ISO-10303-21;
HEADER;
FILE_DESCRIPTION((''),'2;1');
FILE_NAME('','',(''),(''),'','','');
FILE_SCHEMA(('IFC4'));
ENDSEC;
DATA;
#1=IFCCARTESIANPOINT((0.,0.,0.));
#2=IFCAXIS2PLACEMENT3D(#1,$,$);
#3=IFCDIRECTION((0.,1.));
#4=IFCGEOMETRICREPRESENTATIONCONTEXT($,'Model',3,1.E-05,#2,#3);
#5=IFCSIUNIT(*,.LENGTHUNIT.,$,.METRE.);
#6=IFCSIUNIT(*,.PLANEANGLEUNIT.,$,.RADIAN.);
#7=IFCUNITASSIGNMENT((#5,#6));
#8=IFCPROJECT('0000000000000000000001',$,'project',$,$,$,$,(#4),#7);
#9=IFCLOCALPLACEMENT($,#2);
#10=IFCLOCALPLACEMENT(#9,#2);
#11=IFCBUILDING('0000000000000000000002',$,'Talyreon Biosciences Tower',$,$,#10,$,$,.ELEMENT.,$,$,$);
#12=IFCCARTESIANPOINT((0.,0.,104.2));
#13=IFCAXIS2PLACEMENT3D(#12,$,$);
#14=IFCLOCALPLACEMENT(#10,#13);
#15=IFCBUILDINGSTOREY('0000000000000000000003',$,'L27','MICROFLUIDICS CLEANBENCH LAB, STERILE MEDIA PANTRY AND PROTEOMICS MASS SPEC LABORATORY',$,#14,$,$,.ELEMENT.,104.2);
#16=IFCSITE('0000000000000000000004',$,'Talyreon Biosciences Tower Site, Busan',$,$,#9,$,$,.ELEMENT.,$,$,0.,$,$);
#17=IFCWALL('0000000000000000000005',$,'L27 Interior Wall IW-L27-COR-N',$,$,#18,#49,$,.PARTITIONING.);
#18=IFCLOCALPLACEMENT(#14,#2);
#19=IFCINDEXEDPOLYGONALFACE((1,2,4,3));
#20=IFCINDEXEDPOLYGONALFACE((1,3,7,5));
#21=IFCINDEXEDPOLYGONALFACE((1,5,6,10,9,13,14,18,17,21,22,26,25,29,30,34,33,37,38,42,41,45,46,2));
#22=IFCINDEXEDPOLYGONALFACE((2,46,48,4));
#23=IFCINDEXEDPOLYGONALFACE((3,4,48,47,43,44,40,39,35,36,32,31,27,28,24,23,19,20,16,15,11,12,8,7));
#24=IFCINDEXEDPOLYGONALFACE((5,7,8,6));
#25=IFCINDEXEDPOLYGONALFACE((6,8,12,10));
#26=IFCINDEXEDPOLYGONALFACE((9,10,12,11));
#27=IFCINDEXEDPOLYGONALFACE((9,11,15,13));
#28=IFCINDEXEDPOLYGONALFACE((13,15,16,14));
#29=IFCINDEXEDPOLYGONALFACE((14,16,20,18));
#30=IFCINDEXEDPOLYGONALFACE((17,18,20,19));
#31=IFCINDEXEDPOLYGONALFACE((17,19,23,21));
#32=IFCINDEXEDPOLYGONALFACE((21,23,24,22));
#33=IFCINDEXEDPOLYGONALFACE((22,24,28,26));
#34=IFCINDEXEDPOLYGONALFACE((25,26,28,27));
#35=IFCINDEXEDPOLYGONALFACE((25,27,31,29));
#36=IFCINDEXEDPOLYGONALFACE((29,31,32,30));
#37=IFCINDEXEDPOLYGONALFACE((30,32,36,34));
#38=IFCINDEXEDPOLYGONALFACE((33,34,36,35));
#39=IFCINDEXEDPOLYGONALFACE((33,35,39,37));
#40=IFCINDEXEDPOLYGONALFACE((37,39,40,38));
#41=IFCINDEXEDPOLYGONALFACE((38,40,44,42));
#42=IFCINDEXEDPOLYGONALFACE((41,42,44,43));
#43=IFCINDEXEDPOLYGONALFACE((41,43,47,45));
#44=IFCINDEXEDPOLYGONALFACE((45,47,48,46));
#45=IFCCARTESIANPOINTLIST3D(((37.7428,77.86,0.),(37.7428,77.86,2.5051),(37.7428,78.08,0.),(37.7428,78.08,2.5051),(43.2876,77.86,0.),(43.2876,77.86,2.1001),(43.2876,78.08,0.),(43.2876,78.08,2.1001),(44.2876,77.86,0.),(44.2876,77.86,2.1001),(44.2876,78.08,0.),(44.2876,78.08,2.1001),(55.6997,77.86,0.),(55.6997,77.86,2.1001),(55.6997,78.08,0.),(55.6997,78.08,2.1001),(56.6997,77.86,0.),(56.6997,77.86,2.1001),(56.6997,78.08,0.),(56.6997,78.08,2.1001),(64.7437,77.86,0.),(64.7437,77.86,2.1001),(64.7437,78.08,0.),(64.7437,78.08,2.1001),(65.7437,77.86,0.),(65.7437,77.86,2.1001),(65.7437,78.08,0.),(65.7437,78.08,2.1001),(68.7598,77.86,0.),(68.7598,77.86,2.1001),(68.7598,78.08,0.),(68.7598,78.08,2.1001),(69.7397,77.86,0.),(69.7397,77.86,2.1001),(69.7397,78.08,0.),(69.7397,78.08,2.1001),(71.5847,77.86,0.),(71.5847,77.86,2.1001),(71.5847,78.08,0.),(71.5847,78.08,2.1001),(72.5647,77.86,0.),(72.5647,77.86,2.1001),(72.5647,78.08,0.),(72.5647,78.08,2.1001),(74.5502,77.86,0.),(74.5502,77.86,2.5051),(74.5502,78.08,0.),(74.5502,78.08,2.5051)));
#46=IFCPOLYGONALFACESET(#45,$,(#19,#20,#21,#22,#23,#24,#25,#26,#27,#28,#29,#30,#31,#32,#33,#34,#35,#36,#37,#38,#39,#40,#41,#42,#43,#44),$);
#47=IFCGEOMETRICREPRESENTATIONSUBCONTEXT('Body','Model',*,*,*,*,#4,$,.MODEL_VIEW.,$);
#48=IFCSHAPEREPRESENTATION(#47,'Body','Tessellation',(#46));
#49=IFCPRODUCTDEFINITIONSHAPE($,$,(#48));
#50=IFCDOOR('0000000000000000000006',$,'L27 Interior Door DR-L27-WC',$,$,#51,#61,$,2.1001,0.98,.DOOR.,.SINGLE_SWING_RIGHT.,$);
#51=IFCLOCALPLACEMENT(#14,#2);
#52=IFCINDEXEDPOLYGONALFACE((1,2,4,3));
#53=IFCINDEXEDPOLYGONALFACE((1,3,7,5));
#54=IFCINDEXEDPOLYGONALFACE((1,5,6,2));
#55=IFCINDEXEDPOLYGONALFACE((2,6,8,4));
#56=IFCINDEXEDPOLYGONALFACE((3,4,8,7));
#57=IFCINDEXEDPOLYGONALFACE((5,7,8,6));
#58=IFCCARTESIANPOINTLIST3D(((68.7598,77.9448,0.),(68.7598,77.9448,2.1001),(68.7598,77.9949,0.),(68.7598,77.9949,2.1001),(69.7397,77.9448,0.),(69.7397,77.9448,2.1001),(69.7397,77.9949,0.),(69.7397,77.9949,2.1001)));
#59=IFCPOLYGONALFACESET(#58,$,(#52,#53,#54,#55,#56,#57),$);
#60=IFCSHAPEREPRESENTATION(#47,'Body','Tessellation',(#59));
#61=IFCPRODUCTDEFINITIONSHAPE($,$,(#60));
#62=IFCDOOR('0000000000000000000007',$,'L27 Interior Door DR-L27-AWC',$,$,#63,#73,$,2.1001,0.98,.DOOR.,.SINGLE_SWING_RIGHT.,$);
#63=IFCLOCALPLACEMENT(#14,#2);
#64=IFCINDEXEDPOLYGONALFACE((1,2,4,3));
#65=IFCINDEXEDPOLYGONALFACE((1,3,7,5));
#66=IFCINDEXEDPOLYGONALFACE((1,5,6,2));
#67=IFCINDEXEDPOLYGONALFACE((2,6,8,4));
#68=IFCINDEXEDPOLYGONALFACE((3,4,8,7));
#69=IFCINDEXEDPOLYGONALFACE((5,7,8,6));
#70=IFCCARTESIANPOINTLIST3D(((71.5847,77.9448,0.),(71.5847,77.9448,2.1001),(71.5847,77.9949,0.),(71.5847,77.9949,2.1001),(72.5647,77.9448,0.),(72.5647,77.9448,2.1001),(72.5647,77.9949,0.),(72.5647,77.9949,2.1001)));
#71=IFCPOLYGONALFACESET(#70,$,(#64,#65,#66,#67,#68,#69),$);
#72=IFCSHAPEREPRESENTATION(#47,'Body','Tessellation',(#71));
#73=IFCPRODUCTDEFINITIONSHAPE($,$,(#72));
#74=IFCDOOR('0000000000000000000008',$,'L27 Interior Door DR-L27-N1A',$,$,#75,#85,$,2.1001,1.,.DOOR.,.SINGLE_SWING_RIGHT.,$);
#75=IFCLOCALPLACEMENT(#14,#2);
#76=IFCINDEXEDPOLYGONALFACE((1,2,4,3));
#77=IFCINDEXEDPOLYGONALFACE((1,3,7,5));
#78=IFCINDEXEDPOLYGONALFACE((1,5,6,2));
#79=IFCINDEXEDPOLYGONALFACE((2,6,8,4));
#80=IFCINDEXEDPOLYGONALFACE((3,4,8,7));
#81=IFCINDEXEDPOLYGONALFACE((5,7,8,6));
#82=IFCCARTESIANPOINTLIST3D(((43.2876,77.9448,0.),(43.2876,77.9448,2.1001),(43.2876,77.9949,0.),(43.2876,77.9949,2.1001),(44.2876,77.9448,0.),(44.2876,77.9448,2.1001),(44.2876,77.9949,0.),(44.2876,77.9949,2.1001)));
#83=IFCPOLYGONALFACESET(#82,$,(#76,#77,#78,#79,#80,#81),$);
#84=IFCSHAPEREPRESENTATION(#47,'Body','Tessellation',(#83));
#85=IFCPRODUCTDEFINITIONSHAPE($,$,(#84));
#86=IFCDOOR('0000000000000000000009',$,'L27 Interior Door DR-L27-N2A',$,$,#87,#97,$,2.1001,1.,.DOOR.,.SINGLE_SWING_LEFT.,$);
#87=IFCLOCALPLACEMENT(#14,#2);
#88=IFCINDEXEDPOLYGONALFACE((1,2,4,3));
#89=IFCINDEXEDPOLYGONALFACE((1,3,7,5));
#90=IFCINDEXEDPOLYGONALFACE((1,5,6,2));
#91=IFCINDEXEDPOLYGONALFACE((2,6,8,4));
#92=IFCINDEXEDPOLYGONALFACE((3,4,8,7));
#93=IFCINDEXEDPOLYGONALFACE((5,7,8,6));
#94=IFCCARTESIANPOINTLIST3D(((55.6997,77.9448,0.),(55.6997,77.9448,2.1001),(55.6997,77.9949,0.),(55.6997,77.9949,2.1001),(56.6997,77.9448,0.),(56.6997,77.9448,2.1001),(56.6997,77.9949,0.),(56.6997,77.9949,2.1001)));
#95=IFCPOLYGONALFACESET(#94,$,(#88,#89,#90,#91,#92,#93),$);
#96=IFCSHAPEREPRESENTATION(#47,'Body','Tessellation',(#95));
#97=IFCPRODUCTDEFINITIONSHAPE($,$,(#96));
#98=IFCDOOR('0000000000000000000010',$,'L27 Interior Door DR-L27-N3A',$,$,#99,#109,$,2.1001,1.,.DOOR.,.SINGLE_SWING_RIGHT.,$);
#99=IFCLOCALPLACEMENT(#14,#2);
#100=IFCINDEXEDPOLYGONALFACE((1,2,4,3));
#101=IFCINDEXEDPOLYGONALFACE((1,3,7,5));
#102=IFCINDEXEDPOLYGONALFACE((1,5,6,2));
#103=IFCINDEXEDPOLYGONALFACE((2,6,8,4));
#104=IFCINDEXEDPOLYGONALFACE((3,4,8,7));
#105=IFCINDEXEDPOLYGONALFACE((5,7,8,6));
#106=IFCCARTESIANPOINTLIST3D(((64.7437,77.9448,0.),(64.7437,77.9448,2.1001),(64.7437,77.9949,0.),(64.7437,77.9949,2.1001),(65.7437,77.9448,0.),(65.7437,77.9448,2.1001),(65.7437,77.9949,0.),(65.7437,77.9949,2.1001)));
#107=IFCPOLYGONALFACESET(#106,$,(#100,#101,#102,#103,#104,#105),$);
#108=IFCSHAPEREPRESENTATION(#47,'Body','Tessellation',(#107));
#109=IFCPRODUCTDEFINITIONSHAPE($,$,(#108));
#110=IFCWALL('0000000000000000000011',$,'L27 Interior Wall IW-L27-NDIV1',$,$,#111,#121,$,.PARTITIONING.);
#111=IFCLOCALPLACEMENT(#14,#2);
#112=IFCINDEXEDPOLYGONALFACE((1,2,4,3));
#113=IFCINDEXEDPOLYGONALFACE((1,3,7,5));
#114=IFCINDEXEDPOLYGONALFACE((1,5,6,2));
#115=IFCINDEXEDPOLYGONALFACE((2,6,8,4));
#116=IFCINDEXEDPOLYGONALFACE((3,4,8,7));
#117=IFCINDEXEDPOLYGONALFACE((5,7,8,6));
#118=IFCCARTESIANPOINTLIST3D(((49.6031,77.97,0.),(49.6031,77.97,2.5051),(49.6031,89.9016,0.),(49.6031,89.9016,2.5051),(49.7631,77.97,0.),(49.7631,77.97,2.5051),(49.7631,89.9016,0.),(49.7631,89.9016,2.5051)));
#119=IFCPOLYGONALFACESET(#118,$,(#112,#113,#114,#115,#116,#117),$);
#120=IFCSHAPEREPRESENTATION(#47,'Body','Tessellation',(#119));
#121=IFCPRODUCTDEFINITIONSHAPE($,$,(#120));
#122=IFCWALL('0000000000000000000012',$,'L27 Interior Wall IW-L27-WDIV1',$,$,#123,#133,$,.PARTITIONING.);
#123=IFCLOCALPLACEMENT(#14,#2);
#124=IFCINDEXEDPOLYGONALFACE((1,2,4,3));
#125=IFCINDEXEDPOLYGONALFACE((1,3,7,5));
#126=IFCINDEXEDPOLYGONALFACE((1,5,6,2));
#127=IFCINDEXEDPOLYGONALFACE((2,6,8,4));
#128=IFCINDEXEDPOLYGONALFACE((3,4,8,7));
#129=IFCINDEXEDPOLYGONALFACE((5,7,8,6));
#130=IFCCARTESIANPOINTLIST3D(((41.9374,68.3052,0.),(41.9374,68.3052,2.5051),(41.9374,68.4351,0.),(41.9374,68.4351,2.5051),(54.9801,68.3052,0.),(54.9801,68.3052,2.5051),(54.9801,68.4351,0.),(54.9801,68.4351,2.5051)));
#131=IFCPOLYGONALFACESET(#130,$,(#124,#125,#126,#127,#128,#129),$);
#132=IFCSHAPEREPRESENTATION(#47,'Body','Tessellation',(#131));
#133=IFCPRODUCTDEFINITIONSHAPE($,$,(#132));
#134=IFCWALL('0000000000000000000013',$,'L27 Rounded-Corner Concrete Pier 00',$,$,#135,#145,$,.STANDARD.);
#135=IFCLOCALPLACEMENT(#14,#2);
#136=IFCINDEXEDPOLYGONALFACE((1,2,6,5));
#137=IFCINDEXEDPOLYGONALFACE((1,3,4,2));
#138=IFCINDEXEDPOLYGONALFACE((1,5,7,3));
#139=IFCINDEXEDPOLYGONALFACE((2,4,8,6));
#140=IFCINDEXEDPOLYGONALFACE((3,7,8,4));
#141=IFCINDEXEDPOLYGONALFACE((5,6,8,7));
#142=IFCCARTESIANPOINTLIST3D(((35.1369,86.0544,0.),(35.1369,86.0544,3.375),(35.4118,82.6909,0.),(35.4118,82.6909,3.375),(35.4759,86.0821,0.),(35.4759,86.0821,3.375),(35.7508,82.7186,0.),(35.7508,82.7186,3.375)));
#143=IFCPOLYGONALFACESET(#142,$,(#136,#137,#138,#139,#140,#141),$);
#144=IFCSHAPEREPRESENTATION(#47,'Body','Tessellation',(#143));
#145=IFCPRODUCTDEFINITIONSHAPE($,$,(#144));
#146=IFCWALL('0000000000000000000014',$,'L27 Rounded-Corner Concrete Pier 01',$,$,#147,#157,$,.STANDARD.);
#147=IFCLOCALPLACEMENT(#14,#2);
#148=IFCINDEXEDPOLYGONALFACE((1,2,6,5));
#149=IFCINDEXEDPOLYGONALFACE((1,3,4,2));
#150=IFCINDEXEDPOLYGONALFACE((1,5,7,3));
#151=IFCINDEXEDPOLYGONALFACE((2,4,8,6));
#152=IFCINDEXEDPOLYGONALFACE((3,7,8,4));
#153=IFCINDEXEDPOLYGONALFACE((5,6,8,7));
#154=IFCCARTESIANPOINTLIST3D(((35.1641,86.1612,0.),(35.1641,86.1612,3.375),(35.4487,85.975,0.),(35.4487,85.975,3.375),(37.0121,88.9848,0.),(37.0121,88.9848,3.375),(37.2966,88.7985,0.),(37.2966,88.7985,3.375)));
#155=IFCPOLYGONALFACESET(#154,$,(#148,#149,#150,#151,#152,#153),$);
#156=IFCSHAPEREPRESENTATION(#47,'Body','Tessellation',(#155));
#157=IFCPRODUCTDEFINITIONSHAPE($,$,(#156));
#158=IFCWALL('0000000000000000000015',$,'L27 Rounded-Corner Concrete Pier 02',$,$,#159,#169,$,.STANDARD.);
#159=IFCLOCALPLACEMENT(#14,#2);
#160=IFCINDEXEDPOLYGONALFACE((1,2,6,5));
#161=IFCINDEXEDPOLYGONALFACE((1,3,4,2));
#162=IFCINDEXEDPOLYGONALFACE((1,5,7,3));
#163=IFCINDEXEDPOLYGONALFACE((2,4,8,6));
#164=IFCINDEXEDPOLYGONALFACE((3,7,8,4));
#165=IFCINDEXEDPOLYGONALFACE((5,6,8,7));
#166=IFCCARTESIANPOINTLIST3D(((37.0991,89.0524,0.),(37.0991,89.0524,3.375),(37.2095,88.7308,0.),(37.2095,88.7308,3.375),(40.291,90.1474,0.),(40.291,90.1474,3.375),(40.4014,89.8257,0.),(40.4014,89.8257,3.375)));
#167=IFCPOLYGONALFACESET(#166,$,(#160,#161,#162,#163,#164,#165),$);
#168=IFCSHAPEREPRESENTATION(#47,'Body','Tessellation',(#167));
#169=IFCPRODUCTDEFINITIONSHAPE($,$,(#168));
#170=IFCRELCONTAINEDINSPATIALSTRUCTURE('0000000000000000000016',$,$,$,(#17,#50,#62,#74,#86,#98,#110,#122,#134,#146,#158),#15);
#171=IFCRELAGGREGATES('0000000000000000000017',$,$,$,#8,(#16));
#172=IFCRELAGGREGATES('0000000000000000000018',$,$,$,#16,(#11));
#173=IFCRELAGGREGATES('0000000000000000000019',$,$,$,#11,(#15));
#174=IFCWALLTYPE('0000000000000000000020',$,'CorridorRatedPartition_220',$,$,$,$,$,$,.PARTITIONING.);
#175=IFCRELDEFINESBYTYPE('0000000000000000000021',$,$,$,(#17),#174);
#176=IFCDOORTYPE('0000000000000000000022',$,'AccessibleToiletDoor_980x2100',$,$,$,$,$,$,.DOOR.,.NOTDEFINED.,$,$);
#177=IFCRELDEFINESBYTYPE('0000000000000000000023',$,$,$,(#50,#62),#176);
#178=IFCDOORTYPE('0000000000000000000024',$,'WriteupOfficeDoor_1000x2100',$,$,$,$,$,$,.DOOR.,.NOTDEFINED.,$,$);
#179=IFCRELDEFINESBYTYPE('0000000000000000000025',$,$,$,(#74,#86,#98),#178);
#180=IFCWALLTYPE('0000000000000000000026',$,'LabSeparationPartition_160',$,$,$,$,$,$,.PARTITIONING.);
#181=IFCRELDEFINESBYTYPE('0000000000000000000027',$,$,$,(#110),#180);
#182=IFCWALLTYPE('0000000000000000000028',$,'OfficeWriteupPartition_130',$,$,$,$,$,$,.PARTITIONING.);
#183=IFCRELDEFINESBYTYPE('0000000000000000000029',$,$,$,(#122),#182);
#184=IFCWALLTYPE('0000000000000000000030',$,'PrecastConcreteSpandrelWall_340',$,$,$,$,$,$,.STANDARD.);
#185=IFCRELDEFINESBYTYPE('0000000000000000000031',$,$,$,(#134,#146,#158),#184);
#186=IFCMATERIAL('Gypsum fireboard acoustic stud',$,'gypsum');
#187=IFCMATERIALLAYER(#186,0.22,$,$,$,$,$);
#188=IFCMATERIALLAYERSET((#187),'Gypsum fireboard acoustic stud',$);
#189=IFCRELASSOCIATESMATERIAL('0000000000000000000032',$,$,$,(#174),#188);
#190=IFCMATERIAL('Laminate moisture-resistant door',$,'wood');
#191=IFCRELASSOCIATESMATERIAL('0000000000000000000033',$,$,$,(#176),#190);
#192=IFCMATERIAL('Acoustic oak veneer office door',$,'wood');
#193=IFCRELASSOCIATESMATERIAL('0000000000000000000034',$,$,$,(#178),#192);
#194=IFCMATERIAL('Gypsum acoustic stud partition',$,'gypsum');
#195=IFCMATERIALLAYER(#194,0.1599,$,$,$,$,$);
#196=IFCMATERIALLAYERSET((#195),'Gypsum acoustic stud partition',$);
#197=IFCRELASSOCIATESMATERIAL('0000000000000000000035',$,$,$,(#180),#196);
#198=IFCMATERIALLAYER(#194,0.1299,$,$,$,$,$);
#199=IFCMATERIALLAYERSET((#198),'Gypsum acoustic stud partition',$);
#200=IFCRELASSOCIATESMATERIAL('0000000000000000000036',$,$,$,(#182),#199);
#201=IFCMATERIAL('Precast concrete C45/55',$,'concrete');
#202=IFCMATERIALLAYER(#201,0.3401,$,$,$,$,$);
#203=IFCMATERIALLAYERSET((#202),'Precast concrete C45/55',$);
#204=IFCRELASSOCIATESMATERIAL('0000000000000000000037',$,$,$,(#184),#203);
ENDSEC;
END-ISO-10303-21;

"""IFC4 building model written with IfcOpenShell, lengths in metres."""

from ifc_helpers import new_model, si_unit, direction, frame, frame_2d, origin, place, context, subcontext, project, spatial, rectangle, extrude, material, layer, layer_set, type_object, element, fill, save


model = new_model("IFC4")

# Units and contexts
model_context = context("Model", 3, precision=1e-05, world=origin(), true_north=direction((0.0, 1.0)))
body_context = subcontext(model_context, "Body", "Model", "MODEL_VIEW")
ifc_project = project(units=[si_unit("LENGTHUNIT", "METRE"), si_unit("PLANEANGLEUNIT", "RADIAN")], contexts=[model_context])

# Site, building, storey
site_placement = place(None, origin())
site = spatial("IfcSite", under=ifc_project, at=site_placement, Name="Talyreon Biosciences Tower Site, Busan", CompositionType="ELEMENT", RefElevation=0.0)
building_placement = place(site_placement, origin())
building = spatial("IfcBuilding", under=site, at=building_placement, Name="Talyreon Biosciences Tower", CompositionType="ELEMENT")
storey_placement = place(building_placement, frame((0.0, 0.0, 104.2)))
storey = spatial("IfcBuildingStorey", under=building, at=storey_placement, Name="L27", Description="MICROFLUIDICS CLEANBENCH LAB, STERILE MEDIA PANTRY AND PROTEOMICS MASS SPEC LABORATORY", CompositionType="ELEMENT", Elevation=104.2)

# Shared definitions
ifc_material_1 = material(Name="Precast concrete C45/55", Category="concrete")

# Wall, openings, doors
ifc_material_2 = material(Name="Gypsum fireboard acoustic stud", Category="gypsum")
ifc_layer_1 = layer(ifc_material_2, 0.22)
ifc_layer_set_1 = layer_set([ifc_layer_1], Name="Gypsum fireboard acoustic stud")
wall_type_1 = type_object("IfcWallType", Name="CorridorRatedPartition_220", PredefinedType="PARTITIONING", material=ifc_layer_set_1)
wall_1_placement = place(storey_placement, frame((37.7427, 77.97, 0.0), z_axis=(0.0, 0.0, 1.0), x_axis=(1.0, 0.0, 0.0)))
wall_1 = element("IfcWall", 1, at=wall_1_placement, inside=storey, type_object=wall_type_1, Name="L27 Interior Wall IW-L27-COR-N", PredefinedType="PARTITIONING", context=body_context, shape_type="SweptSolid", body=[
    extrude(rectangle(XDim=36.8074, YDim=0.22, at=frame_2d((18.4038, 0.0))), origin(), (0.0, 0.0, 1.0), 2.5051),
])
opening_1_placement = place(wall_1_placement, frame((31.0171, 0.0, 0.0)))
opening_1 = element("IfcOpeningElement", 2, at=opening_1_placement, cuts=wall_1, PredefinedType="OPENING", context=body_context, shape_type="SweptSolid", body=[
    extrude(rectangle(XDim=0.98, YDim=2.1001, at=frame_2d((0.49, 1.05))), frame((0.0, 0.1199, 0.0), z_axis=(0.0, -1.0, 0.0), x_axis=(1.0, 0.0, 0.0)), (0.0, 0.0, 1.0), 0.24),
])
opening_2_placement = place(wall_1_placement, frame((33.842, 0.0, 0.0)))
opening_2 = element("IfcOpeningElement", 3, at=opening_2_placement, cuts=wall_1, PredefinedType="OPENING", context=body_context, shape_type="SweptSolid", body=[
    extrude(rectangle(XDim=0.98, YDim=2.1001, at=frame_2d((0.49, 1.05))), frame((0.0, 0.1199, 0.0), z_axis=(0.0, -1.0, 0.0), x_axis=(1.0, 0.0, 0.0)), (0.0, 0.0, 1.0), 0.24),
])
opening_3_placement = place(wall_1_placement, frame((5.5449, 0.0, 0.0)))
opening_3 = element("IfcOpeningElement", 4, at=opening_3_placement, cuts=wall_1, PredefinedType="OPENING", context=body_context, shape_type="SweptSolid", body=[
    extrude(rectangle(XDim=1.0, YDim=2.1001, at=frame_2d((0.5, 1.05))), frame((0.0, 0.1199, 0.0), z_axis=(0.0, -1.0, 0.0), x_axis=(1.0, 0.0, 0.0)), (0.0, 0.0, 1.0), 0.24),
])
opening_4_placement = place(wall_1_placement, frame((17.957, 0.0, 0.0)))
opening_4 = element("IfcOpeningElement", 5, at=opening_4_placement, cuts=wall_1, PredefinedType="OPENING", context=body_context, shape_type="SweptSolid", body=[
    extrude(rectangle(XDim=1.0, YDim=2.1001, at=frame_2d((0.5, 1.05))), frame((0.0, 0.1199, 0.0), z_axis=(0.0, -1.0, 0.0), x_axis=(1.0, 0.0, 0.0)), (0.0, 0.0, 1.0), 0.24),
])
opening_5_placement = place(wall_1_placement, frame((27.001, 0.0, 0.0)))
opening_5 = element("IfcOpeningElement", 6, at=opening_5_placement, cuts=wall_1, PredefinedType="OPENING", context=body_context, shape_type="SweptSolid", body=[
    extrude(rectangle(XDim=1.0, YDim=2.1001, at=frame_2d((0.5, 1.05))), frame((0.0, 0.1199, 0.0), z_axis=(0.0, -1.0, 0.0), x_axis=(1.0, 0.0, 0.0)), (0.0, 0.0, 1.0), 0.24),
])
ifc_material_3 = material(Name="Laminate moisture-resistant door", Category="wood")
door_type_1 = type_object("IfcDoorType", Name="AccessibleToiletDoor_980x2100", OperationType="NOTDEFINED", PredefinedType="DOOR", material=ifc_material_3)
door_1_placement = place(opening_1_placement, origin())
door_1 = element("IfcDoor", 7, at=door_1_placement, inside=storey, type_object=door_type_1, Name="L27 Interior Door DR-L27-WC", OperationType="SINGLE_SWING_RIGHT", OverallHeight=2.1001, OverallWidth=0.98, PredefinedType="DOOR", context=body_context, shape_type="SweptSolid", body=[
    extrude(rectangle(XDim=0.98, YDim=2.1001, at=frame_2d((0.49, 1.05))), frame((0.0, 0.0249, 0.0), z_axis=(0.0, -1.0, 0.0), x_axis=(1.0, 0.0, 0.0)), (0.0, 0.0, 1.0), 0.05),
])
fill(opening_1, door_1)
door_2_placement = place(opening_2_placement, origin())
door_2 = element("IfcDoor", 8, at=door_2_placement, inside=storey, type_object=door_type_1, Name="L27 Interior Door DR-L27-AWC", OperationType="SINGLE_SWING_RIGHT", OverallHeight=2.1001, OverallWidth=0.98, PredefinedType="DOOR", context=body_context, shape_type="SweptSolid", body=[
    extrude(rectangle(XDim=0.98, YDim=2.1001, at=frame_2d((0.49, 1.05))), frame((0.0, 0.0249, 0.0), z_axis=(0.0, -1.0, 0.0), x_axis=(1.0, 0.0, 0.0)), (0.0, 0.0, 1.0), 0.05),
])
fill(opening_2, door_2)
ifc_material_4 = material(Name="Acoustic oak veneer office door", Category="wood")
door_type_2 = type_object("IfcDoorType", Name="WriteupOfficeDoor_1000x2100", OperationType="NOTDEFINED", PredefinedType="DOOR", material=ifc_material_4)
door_3_placement = place(opening_3_placement, origin())
door_3 = element("IfcDoor", 9, at=door_3_placement, inside=storey, type_object=door_type_2, Name="L27 Interior Door DR-L27-N1A", OperationType="SINGLE_SWING_RIGHT", OverallHeight=2.1001, OverallWidth=1.0, PredefinedType="DOOR", context=body_context, shape_type="SweptSolid", body=[
    extrude(rectangle(XDim=1.0, YDim=2.1001, at=frame_2d((0.5, 1.05))), frame((0.0, 0.0249, 0.0), z_axis=(0.0, -1.0, 0.0), x_axis=(1.0, 0.0, 0.0)), (0.0, 0.0, 1.0), 0.05),
])
fill(opening_3, door_3)
door_4_placement = place(opening_4_placement, origin())
door_4 = element("IfcDoor", 10, at=door_4_placement, inside=storey, type_object=door_type_2, Name="L27 Interior Door DR-L27-N2A", OperationType="SINGLE_SWING_LEFT", OverallHeight=2.1001, OverallWidth=1.0, PredefinedType="DOOR", context=body_context, shape_type="SweptSolid", body=[
    extrude(rectangle(XDim=1.0, YDim=2.1001, at=frame_2d((0.5, 1.05))), frame((0.0, 0.0249, 0.0), z_axis=(0.0, -1.0, 0.0), x_axis=(1.0, 0.0, 0.0)), (0.0, 0.0, 1.0), 0.05),
])
fill(opening_4, door_4)
door_5_placement = place(opening_5_placement, origin())
door_5 = element("IfcDoor", 11, at=door_5_placement, inside=storey, type_object=door_type_2, Name="L27 Interior Door DR-L27-N3A", OperationType="SINGLE_SWING_RIGHT", OverallHeight=2.1001, OverallWidth=1.0, PredefinedType="DOOR", context=body_context, shape_type="SweptSolid", body=[
    extrude(rectangle(XDim=1.0, YDim=2.1001, at=frame_2d((0.5, 1.05))), frame((0.0, 0.0249, 0.0), z_axis=(0.0, -1.0, 0.0), x_axis=(1.0, 0.0, 0.0)), (0.0, 0.0, 1.0), 0.05),
])
fill(opening_5, door_5)

# Walls
ifc_material_5 = material(Name="Gypsum acoustic stud partition", Category="gypsum")
ifc_layer_2 = layer(ifc_material_5, 0.1599)
ifc_layer_set_2 = layer_set([ifc_layer_2], Name="Gypsum acoustic stud partition")
wall_type_2 = type_object("IfcWallType", Name="LabSeparationPartition_160", PredefinedType="PARTITIONING", material=ifc_layer_set_2)
wall_2_placement = place(storey_placement, frame((49.6831, 77.97, 0.0), z_axis=(0.0, 0.0, 1.0), x_axis=(0.0, 1.0, 0.0)))
element("IfcWall", 12, at=wall_2_placement, inside=storey, type_object=wall_type_2, Name="L27 Interior Wall IW-L27-NDIV1", PredefinedType="PARTITIONING", context=body_context, shape_type="SweptSolid", body=[
    extrude(rectangle(XDim=11.9316, YDim=0.1599, at=frame_2d((5.9658, 0.0))), origin(), (0.0, 0.0, 1.0), 2.5051),
])
ifc_layer_3 = layer(ifc_material_5, 0.1299)
ifc_layer_set_3 = layer_set([ifc_layer_3], Name="Gypsum acoustic stud partition")
wall_type_3 = type_object("IfcWallType", Name="OfficeWriteupPartition_130", PredefinedType="PARTITIONING", material=ifc_layer_set_3)
wall_3_placement = place(storey_placement, frame((41.9373, 68.3701, 0.0), z_axis=(0.0, 0.0, 1.0), x_axis=(1.0, 0.0, 0.0)))
element("IfcWall", 13, at=wall_3_placement, inside=storey, type_object=wall_type_3, Name="L27 Interior Wall IW-L27-WDIV1", PredefinedType="PARTITIONING", context=body_context, shape_type="SweptSolid", body=[
    extrude(rectangle(XDim=13.0427, YDim=0.1299, at=frame_2d((6.5215, 0.0))), origin(), (0.0, 0.0, 1.0), 2.5051),
])
ifc_layer_4 = layer(ifc_material_1, 0.3401)
ifc_layer_set_4 = layer_set([ifc_layer_4], Name="Precast concrete C45/55")
wall_type_4 = type_object("IfcWallType", Name="PrecastConcreteSpandrelWall_340", PredefinedType="STANDARD", material=ifc_layer_set_4)
wall_4_placement = place(storey_placement, frame((35.5813, 82.7046, 0.0), z_axis=(0.0, 0.0, 1.0), x_axis=(-0.081459, 0.996677, 0.0)))
element("IfcWall", 14, at=wall_4_placement, inside=storey, type_object=wall_type_4, Name="L27 Rounded-Corner Concrete Pier 00", PredefinedType="STANDARD", context=body_context, shape_type="SweptSolid", body=[
    extrude(rectangle(XDim=3.3748, YDim=0.3401, at=frame_2d((1.6875, 0.0))), origin(), (0.0, 0.0, 1.0), 3.375),
])
for number, where, z_axis, x_axis, name in (
    (15, (35.3064, 86.0681, 0.0), (0.0, 0.0, 1.0), (0.547618, 0.836729, 0.0), "L27 Rounded-Corner Concrete Pier 01"),
    (16, (37.1543, 88.8916, 0.0), (0.0, 0.0, 1.0), (0.945891, 0.324485, 0.0), "L27 Rounded-Corner Concrete Pier 02"),
):
    element("IfcWall", number, at=place(storey_placement, frame(where, z_axis=z_axis, x_axis=x_axis)), inside=storey, type_object=wall_type_4, Name=name, PredefinedType="STANDARD", context=body_context, shape_type="SweptSolid", body=[
        extrude(rectangle(XDim=3.3745, YDim=0.3401, at=frame_2d((1.6873, 0.0))), origin(), (0.0, 0.0, 1.0), 3.375),
    ])

save(model, "model.ifc")
